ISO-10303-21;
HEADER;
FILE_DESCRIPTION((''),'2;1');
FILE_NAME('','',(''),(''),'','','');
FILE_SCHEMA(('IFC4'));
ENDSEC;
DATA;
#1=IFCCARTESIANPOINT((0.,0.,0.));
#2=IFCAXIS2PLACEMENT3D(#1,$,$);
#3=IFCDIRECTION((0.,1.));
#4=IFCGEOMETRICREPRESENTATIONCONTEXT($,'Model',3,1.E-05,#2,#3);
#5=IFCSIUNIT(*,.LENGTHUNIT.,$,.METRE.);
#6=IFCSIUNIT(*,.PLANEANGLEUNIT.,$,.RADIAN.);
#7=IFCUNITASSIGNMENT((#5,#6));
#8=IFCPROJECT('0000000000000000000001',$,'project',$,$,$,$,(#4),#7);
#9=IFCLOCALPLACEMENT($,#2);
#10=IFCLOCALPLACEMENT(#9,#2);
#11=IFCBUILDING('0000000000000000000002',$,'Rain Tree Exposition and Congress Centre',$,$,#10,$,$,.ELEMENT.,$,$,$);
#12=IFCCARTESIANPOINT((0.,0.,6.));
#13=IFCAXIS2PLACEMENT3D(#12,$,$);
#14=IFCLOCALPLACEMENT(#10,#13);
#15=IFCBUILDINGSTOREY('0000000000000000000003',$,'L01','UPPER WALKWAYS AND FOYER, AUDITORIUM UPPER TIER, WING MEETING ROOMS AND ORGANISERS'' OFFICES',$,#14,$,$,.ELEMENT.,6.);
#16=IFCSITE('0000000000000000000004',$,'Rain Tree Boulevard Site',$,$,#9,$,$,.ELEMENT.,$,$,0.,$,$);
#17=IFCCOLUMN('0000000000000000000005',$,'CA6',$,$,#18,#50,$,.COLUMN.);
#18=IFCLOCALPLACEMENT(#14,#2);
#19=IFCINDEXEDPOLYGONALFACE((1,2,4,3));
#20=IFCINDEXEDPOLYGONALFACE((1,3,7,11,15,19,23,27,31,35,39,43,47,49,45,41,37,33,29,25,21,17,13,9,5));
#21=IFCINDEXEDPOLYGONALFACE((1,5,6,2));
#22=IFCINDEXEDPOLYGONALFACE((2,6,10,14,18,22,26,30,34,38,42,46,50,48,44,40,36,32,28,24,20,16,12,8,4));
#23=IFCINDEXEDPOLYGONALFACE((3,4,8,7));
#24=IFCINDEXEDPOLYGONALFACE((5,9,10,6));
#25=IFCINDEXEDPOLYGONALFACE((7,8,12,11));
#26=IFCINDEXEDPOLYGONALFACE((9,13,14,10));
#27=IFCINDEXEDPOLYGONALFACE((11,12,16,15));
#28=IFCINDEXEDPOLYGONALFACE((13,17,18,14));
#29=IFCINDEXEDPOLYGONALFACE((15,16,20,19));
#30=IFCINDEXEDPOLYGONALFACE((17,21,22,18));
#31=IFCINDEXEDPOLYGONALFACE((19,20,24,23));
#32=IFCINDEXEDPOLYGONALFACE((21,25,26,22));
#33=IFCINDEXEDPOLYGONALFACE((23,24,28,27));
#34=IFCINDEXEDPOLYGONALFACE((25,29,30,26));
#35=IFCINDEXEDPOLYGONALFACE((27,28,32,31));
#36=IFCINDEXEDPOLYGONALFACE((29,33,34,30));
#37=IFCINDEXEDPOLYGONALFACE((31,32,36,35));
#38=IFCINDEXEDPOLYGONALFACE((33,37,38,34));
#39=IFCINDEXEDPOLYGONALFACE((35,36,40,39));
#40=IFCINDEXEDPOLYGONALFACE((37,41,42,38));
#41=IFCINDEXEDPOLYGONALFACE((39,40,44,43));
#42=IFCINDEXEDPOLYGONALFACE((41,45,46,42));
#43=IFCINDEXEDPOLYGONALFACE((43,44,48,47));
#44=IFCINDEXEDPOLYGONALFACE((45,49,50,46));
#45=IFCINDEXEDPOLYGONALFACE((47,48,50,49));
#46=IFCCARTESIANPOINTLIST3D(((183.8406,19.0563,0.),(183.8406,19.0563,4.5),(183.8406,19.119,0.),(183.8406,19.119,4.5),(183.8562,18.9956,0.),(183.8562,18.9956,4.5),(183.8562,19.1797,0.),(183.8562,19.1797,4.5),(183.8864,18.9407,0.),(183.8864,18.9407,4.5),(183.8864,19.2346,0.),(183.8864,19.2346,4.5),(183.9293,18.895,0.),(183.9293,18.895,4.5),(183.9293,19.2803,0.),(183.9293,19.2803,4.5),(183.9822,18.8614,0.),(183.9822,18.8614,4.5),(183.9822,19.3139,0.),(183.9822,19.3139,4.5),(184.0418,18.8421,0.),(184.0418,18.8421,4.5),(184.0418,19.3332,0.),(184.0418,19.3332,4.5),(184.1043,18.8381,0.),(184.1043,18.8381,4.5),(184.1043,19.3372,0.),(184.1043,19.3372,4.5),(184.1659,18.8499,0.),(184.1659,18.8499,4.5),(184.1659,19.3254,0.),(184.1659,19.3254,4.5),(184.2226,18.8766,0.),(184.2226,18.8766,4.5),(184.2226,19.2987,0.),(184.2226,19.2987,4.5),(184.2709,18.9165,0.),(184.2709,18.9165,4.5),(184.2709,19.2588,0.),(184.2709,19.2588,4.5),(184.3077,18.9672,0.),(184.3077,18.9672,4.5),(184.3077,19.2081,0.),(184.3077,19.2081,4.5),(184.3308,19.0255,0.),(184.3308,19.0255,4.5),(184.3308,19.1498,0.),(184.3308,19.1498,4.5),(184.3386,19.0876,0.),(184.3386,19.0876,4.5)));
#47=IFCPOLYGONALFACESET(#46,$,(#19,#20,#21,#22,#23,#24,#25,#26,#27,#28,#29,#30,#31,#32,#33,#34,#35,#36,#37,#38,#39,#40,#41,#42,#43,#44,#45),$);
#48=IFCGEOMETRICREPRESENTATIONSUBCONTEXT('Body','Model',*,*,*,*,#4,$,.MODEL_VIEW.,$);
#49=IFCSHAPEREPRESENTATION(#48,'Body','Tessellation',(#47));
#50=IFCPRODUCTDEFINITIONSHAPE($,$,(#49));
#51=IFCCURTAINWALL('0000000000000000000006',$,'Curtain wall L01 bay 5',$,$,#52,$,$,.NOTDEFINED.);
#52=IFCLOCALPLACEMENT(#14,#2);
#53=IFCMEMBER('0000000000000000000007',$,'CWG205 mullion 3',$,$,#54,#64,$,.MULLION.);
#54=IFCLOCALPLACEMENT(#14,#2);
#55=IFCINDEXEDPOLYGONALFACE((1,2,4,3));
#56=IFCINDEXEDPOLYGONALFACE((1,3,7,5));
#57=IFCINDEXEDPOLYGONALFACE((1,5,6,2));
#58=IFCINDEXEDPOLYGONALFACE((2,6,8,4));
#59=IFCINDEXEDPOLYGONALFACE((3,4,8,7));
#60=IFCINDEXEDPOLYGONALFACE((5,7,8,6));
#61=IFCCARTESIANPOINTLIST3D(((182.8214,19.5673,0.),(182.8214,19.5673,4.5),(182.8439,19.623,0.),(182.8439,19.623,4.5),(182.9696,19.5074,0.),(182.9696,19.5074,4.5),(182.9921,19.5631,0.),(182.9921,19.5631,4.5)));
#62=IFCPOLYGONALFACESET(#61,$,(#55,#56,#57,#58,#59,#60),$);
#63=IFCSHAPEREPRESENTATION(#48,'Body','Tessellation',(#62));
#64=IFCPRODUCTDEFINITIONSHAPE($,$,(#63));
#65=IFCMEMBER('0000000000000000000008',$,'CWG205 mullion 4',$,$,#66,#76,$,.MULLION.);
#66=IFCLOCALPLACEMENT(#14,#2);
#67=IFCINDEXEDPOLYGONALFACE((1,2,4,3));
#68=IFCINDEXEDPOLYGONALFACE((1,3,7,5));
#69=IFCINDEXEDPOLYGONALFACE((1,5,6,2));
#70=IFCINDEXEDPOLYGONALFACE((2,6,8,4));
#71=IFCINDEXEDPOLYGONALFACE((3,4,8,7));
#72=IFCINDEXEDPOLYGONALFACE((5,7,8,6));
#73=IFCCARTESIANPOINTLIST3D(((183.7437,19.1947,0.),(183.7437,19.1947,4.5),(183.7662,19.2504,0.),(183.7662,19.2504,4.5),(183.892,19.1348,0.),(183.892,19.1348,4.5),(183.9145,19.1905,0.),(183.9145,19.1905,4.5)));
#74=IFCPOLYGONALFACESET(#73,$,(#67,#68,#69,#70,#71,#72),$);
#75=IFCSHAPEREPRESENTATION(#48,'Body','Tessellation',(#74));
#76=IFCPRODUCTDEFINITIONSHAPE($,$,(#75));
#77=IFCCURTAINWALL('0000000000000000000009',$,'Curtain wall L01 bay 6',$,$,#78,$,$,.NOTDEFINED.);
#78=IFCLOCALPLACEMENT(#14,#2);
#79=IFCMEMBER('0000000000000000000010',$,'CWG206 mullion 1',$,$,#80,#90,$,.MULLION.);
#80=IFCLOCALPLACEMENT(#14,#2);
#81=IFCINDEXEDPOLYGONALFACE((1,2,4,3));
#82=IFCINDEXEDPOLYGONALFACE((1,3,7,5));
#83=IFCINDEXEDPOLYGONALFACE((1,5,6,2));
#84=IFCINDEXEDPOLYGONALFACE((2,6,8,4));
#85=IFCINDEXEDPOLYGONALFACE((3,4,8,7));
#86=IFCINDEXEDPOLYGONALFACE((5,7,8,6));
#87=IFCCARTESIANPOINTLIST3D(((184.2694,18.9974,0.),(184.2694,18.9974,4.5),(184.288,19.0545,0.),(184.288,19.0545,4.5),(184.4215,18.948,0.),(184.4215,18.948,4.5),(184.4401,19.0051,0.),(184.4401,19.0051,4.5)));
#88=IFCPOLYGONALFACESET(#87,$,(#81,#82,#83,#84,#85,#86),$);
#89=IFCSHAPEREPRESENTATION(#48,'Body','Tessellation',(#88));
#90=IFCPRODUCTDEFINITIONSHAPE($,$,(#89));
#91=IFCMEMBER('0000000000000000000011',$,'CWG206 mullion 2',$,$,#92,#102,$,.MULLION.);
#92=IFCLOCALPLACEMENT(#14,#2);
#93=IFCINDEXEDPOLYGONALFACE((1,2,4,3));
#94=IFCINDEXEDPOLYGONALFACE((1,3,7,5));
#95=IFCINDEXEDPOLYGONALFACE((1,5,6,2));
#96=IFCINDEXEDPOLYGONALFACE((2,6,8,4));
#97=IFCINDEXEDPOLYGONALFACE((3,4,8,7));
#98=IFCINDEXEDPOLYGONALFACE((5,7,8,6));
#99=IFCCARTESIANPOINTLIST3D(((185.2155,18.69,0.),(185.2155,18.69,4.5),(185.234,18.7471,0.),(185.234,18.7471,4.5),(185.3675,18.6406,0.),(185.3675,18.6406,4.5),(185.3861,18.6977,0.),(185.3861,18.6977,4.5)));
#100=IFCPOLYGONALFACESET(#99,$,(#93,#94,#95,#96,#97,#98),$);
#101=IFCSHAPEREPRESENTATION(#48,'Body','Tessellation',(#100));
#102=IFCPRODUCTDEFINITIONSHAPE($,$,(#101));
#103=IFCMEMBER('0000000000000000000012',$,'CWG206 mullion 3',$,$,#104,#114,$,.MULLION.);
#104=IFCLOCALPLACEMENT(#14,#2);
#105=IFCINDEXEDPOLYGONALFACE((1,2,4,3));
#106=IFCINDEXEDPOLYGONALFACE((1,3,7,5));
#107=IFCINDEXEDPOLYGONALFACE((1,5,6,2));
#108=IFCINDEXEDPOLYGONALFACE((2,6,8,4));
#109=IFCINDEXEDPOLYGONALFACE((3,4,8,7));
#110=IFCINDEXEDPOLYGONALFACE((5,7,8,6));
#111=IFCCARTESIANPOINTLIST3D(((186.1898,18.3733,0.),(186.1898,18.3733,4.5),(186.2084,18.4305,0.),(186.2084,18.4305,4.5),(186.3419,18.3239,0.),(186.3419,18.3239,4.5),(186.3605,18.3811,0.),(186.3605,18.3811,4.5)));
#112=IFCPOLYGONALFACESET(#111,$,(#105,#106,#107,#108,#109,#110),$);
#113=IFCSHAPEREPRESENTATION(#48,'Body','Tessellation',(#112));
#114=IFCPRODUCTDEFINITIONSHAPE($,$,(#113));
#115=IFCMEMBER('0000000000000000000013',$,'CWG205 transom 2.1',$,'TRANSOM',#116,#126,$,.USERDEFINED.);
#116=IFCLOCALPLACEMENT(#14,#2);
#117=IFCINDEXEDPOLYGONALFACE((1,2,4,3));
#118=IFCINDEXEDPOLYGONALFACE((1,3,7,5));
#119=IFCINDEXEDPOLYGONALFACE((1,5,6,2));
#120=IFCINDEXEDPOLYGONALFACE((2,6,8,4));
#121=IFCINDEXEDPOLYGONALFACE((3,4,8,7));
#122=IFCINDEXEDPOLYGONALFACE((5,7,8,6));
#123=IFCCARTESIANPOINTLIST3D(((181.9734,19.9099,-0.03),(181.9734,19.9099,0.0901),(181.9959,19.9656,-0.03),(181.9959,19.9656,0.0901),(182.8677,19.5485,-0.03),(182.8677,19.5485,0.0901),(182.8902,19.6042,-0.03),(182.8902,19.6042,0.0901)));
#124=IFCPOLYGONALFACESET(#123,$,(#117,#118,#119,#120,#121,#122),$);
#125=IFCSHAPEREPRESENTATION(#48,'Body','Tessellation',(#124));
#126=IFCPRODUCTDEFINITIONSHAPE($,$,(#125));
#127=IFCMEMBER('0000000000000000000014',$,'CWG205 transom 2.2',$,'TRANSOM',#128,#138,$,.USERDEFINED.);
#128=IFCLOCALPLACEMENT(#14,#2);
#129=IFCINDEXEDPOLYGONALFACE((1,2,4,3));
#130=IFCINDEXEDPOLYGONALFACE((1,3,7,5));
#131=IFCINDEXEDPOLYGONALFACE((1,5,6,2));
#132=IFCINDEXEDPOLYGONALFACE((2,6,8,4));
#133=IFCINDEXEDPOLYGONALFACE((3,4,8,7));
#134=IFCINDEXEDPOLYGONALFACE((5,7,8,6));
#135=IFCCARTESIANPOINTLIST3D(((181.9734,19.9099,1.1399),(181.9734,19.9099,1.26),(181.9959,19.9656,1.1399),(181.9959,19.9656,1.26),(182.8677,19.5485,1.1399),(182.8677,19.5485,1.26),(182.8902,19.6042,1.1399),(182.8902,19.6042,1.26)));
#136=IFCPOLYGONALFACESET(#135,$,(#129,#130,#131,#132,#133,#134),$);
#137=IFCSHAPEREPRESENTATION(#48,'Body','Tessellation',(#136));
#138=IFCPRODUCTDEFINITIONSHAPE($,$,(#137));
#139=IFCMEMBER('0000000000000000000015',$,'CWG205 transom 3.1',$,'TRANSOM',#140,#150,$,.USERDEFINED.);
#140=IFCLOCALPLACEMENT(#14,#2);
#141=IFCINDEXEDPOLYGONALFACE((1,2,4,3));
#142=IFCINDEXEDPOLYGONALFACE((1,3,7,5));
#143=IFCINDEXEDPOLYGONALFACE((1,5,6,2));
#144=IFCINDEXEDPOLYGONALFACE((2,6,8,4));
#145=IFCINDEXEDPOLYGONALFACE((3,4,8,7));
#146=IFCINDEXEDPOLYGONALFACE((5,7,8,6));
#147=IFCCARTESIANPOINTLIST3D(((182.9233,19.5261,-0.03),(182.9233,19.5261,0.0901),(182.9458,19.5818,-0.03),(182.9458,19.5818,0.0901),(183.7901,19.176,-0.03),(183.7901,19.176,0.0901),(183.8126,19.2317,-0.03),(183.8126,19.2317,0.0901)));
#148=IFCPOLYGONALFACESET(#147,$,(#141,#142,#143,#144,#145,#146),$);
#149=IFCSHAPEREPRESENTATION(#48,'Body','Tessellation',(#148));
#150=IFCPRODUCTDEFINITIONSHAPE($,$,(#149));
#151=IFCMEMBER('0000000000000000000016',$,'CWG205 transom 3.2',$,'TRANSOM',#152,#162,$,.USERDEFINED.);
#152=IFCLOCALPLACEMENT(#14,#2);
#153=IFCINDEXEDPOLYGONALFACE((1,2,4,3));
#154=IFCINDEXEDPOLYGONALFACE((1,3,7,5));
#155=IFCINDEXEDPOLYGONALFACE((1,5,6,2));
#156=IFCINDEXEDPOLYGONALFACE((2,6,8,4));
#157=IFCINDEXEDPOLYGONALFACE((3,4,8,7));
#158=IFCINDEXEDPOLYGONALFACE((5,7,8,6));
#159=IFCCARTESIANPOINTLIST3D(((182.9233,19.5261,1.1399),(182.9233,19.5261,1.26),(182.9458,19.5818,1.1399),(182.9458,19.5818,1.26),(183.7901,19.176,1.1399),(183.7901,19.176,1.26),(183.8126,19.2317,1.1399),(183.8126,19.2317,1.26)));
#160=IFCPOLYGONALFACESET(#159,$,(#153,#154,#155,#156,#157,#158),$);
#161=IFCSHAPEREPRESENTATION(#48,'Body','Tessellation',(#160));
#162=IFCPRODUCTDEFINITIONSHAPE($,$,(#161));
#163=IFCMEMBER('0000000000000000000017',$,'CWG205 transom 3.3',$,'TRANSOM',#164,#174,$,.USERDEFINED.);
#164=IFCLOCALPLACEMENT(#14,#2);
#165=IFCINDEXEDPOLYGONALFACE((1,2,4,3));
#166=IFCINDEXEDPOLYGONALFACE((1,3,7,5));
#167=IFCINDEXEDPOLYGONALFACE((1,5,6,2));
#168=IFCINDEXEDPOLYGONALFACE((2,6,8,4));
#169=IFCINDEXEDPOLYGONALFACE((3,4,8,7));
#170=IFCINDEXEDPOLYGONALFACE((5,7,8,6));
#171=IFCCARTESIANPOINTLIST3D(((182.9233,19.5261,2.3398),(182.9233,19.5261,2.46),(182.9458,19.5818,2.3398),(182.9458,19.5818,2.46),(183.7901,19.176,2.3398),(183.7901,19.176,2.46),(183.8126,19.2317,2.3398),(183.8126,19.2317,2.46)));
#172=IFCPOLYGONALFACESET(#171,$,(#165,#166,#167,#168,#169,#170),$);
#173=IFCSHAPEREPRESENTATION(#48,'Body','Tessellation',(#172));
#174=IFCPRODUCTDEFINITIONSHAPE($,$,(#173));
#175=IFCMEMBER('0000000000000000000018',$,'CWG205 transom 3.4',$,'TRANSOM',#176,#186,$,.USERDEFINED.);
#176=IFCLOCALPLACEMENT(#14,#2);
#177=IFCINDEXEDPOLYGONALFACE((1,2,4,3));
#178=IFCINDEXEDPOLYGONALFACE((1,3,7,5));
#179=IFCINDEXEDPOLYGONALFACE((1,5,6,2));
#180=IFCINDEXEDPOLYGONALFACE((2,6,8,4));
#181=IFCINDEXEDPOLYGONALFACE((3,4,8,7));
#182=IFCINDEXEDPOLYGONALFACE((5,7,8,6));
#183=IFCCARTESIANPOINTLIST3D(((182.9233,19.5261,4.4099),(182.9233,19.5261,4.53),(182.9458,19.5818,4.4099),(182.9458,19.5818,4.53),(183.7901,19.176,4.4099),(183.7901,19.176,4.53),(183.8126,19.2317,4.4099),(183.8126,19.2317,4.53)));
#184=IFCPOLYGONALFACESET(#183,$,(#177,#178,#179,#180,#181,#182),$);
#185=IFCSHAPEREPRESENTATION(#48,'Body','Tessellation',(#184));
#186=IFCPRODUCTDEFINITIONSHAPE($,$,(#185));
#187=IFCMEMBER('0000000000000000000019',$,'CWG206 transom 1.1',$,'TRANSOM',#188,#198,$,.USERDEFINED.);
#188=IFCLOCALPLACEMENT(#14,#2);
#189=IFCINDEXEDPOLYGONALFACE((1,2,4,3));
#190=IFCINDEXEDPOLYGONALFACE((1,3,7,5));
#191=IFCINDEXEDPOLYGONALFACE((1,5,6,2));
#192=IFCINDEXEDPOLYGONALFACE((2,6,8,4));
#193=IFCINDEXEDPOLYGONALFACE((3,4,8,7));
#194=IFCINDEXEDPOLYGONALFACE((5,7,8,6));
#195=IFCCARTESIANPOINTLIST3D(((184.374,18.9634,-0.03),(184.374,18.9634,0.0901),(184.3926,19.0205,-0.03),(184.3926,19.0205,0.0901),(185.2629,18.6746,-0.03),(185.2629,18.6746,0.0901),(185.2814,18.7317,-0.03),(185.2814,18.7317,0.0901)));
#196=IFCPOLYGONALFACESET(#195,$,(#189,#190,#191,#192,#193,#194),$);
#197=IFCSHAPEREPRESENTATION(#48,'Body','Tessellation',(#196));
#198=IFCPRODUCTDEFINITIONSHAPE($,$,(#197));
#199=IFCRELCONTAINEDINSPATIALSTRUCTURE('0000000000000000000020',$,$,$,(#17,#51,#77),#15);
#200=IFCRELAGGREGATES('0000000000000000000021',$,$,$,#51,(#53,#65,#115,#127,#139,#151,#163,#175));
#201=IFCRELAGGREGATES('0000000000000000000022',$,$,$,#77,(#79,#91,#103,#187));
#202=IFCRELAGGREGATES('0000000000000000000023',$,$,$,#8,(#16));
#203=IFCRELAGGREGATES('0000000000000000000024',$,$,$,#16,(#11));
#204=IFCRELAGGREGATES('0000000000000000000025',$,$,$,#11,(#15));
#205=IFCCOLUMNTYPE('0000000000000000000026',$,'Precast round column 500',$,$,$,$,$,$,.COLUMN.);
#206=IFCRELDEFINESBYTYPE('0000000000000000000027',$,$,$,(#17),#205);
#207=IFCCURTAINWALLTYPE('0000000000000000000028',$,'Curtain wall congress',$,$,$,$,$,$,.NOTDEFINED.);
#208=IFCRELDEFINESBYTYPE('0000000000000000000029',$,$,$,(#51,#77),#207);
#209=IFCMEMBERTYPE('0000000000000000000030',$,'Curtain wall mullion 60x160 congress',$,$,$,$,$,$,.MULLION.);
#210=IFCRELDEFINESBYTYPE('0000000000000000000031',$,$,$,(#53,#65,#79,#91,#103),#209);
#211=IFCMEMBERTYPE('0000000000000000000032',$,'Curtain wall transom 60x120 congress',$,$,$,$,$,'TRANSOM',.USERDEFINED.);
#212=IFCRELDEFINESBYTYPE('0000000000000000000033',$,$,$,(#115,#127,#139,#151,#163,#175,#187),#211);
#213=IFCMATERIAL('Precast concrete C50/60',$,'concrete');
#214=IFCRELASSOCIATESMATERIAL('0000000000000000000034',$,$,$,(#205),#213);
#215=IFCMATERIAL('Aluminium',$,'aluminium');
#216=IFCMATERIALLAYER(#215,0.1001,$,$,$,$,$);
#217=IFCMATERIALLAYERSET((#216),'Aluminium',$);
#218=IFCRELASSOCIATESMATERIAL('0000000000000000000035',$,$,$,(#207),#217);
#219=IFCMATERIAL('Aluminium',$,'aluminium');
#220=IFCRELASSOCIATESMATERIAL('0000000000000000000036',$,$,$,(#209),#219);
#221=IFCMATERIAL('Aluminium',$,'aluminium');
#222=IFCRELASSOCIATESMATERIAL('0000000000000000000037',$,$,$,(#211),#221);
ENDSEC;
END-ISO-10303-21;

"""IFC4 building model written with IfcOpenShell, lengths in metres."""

from ifc_helpers import new_model, si_unit, direction, frame, origin, origin_2d, place, context, subcontext, project, spatial, rectangle, circle, extrude, material, layer, layer_set, material_profile, profile_set, type_object, element, aggregate, save


model = new_model("IFC4")

# Units and contexts
model_context = context("Model", 3, precision=1e-05, world=origin(), true_north=direction((0.0, 1.0)))
body_context = subcontext(model_context, "Body", "Model", "MODEL_VIEW")
ifc_project = project(units=[si_unit("LENGTHUNIT", "METRE"), si_unit("PLANEANGLEUNIT", "RADIAN")], contexts=[model_context])

# Site, building, storey
site_placement = place(None, origin())
site = spatial("IfcSite", under=ifc_project, at=site_placement, Name="Rain Tree Boulevard Site", CompositionType="ELEMENT", RefElevation=0.0)
building_placement = place(site_placement, origin())
building = spatial("IfcBuilding", under=site, at=building_placement, Name="Rain Tree Exposition and Congress Centre", CompositionType="ELEMENT")
storey_placement = place(building_placement, frame((0.0, 0.0, 6.0)))
storey = spatial("IfcBuildingStorey", under=building, at=storey_placement, Name="L01", Description="UPPER WALKWAYS AND FOYER, AUDITORIUM UPPER TIER, WING MEETING ROOMS AND ORGANISERS' OFFICES", CompositionType="ELEMENT", Elevation=6.0)

# Column
ifc_material_1 = material(Name="Precast concrete C50/60", Category="concrete")
ifc_material_profile_1 = material_profile(ifc_material_1, circle(Radius=0.25, at=origin_2d()), Name="RC D500")
ifc_profile_set_1 = profile_set([ifc_material_profile_1], Name="Precast concrete C50/60")
column_type = type_object("IfcColumnType", Name="Precast round column 500", PredefinedType="COLUMN", material=ifc_profile_set_1)
column_placement = place(storey_placement, frame((184.0886, 19.0876, 0.0), z_axis=(0.0, 0.0, 1.0), x_axis=(1.0, 0.0, 0.0)))
element("IfcColumn", 1, at=column_placement, inside=storey, type_object=column_type, Name="CA6", PredefinedType="COLUMN", context=body_context, shape_type="SweptSolid", body=[
    extrude(circle(Radius=0.25, at=origin_2d()), origin(), (0.0, 0.0, 1.0), 4.5),
])

# Curtain walls, members
ifc_material_2 = material(Name="Aluminium", Category="aluminium")
ifc_layer_1 = layer(ifc_material_2, 0.1001)
ifc_layer_set_1 = layer_set([ifc_layer_1], Name="Aluminium")
curtain_wall_type = type_object("IfcCurtainWallType", Name="Curtain wall congress", PredefinedType="NOTDEFINED", material=ifc_layer_set_1)
curtain_wall_1_placement = place(storey_placement, origin())
curtain_wall_1 = element("IfcCurtainWall", 2, at=curtain_wall_1_placement, inside=storey, type_object=curtain_wall_type, Name="Curtain wall L01 bay 5", PredefinedType="NOTDEFINED")
ifc_material_3 = material(Name="Aluminium", Category="aluminium")
ifc_material_profile_2 = material_profile(ifc_material_3, rectangle(XDim=0.0601, YDim=0.1599, at=origin_2d()), Name="AL 60x160")
ifc_profile_set_2 = profile_set([ifc_material_profile_2], Name="Aluminium")
member_type_1 = type_object("IfcMemberType", Name="Curtain wall mullion 60x160 congress", PredefinedType="MULLION", material=ifc_profile_set_2)
member_1_placement = place(storey_placement, frame((182.9067, 19.5652, 0.0), z_axis=(0.0, 0.0, 1.0), x_axis=(0.374597, 0.927188, 0.0)))
member_1 = element("IfcMember", 3, at=member_1_placement, type_object=member_type_1, Name="CWG205 mullion 3", PredefinedType="MULLION", context=body_context, shape_type="SweptSolid", body=[
    extrude(rectangle(XDim=0.0601, YDim=0.1599, at=origin_2d()), origin(), (0.0, 0.0, 1.0), 4.5),
])
member_2_placement = place(storey_placement, frame((183.8291, 19.1926, 0.0), z_axis=(0.0, 0.0, 1.0), x_axis=(0.374597, 0.927188, 0.0)))
member_2 = element("IfcMember", 4, at=member_2_placement, type_object=member_type_1, Name="CWG205 mullion 4", PredefinedType="MULLION", context=body_context, shape_type="SweptSolid", body=[
    extrude(rectangle(XDim=0.0601, YDim=0.1599, at=origin_2d()), origin(), (0.0, 0.0, 1.0), 4.5),
])
curtain_wall_2_placement = place(storey_placement, origin())
curtain_wall_2 = element("IfcCurtainWall", 5, at=curtain_wall_2_placement, inside=storey, type_object=curtain_wall_type, Name="Curtain wall L01 bay 6", PredefinedType="NOTDEFINED")
member_3_placement = place(storey_placement, frame((184.3547, 19.0012, 0.0), z_axis=(0.0, 0.0, 1.0), x_axis=(0.309006, 0.95106, 0.0)))
member_3 = element("IfcMember", 6, at=member_3_placement, type_object=member_type_1, Name="CWG206 mullion 1", PredefinedType="MULLION", context=body_context, shape_type="SweptSolid", body=[
    extrude(rectangle(XDim=0.0601, YDim=0.1599, at=origin_2d()), origin(), (0.0, 0.0, 1.0), 4.5),
])
member_4_placement = place(storey_placement, frame((185.3008, 18.6938, 0.0), z_axis=(0.0, 0.0, 1.0), x_axis=(0.309006, 0.95106, 0.0)))
member_4 = element("IfcMember", 7, at=member_4_placement, type_object=member_type_1, Name="CWG206 mullion 2", PredefinedType="MULLION", context=body_context, shape_type="SweptSolid", body=[
    extrude(rectangle(XDim=0.0601, YDim=0.1599, at=origin_2d()), origin(), (0.0, 0.0, 1.0), 4.5),
])
member_5_placement = place(storey_placement, frame((186.2751, 18.3772, 0.0), z_axis=(0.0, 0.0, 1.0), x_axis=(0.309006, 0.95106, 0.0)))
member_5 = element("IfcMember", 8, at=member_5_placement, type_object=member_type_1, Name="CWG206 mullion 3", PredefinedType="MULLION", context=body_context, shape_type="SweptSolid", body=[
    extrude(rectangle(XDim=0.0601, YDim=0.1599, at=origin_2d()), origin(), (0.0, 0.0, 1.0), 4.5),
])

# Members
ifc_material_4 = material(Name="Aluminium", Category="aluminium")
ifc_material_profile_3 = material_profile(ifc_material_4, rectangle(XDim=0.0601, YDim=0.1201, at=origin_2d()), Name="AL 60x120")
ifc_profile_set_3 = profile_set([ifc_material_profile_3], Name="Aluminium")
member_type_2 = type_object("IfcMemberType", Name="Curtain wall transom 60x120 congress", ElementType="TRANSOM", PredefinedType="USERDEFINED", material=ifc_profile_set_3)
member_6_placement = place(storey_placement, frame((181.9846, 19.9377, 0.03), z_axis=(0.927179, -0.374618, 0.0), x_axis=(0.374618, 0.927179, 0.0)))
member_6 = element("IfcMember", 9, at=member_6_placement, type_object=member_type_2, Name="CWG205 transom 2.1", ObjectType="TRANSOM", PredefinedType="USERDEFINED", context=body_context, shape_type="SweptSolid", body=[
    extrude(rectangle(XDim=0.0601, YDim=0.1201, at=origin_2d()), origin(), (0.0, 0.0, 1.0), 0.9646),
])
member_7_placement = place(storey_placement, frame((181.9846, 19.9377, 1.2), z_axis=(0.927179, -0.374618, 0.0), x_axis=(0.374618, 0.927179, 0.0)))
member_7 = element("IfcMember", 10, at=member_7_placement, type_object=member_type_2, Name="CWG205 transom 2.2", ObjectType="TRANSOM", PredefinedType="USERDEFINED", context=body_context, shape_type="SweptSolid", body=[
    extrude(rectangle(XDim=0.0601, YDim=0.1201, at=origin_2d()), origin(), (0.0, 0.0, 1.0), 0.9646),
])
member_8_placement = place(storey_placement, frame((182.9346, 19.554, 0.03), z_axis=(0.92721, -0.374541, 0.0), x_axis=(0.374541, 0.92721, 0.0)))
member_8 = element("IfcMember", 11, at=member_8_placement, type_object=member_type_2, Name="CWG205 transom 3.1", ObjectType="TRANSOM", PredefinedType="USERDEFINED", context=body_context, shape_type="SweptSolid", body=[
    extrude(rectangle(XDim=0.0601, YDim=0.1201, at=origin_2d()), origin(), (0.0, 0.0, 1.0), 0.9348),
])
member_9_placement = place(storey_placement, frame((182.9346, 19.554, 1.2), z_axis=(0.92721, -0.374541, 0.0), x_axis=(0.374541, 0.92721, 0.0)))
member_9 = element("IfcMember", 12, at=member_9_placement, type_object=member_type_2, Name="CWG205 transom 3.2", ObjectType="TRANSOM", PredefinedType="USERDEFINED", context=body_context, shape_type="SweptSolid", body=[
    extrude(rectangle(XDim=0.0601, YDim=0.1201, at=origin_2d()), origin(), (0.0, 0.0, 1.0), 0.9348),
])
member_10_placement = place(storey_placement, frame((182.9346, 19.554, 2.3999), z_axis=(0.92721, -0.374541, 0.0), x_axis=(0.374541, 0.92721, 0.0)))
member_10 = element("IfcMember", 13, at=member_10_placement, type_object=member_type_2, Name="CWG205 transom 3.3", ObjectType="TRANSOM", PredefinedType="USERDEFINED", context=body_context, shape_type="SweptSolid", body=[
    extrude(rectangle(XDim=0.0601, YDim=0.1201, at=origin_2d()), origin(), (0.0, 0.0, 1.0), 0.9348),
])
member_11_placement = place(storey_placement, frame((182.9346, 19.554, 4.47), z_axis=(0.92721, -0.374541, 0.0), x_axis=(0.374541, 0.92721, 0.0)))
member_11 = element("IfcMember", 14, at=member_11_placement, type_object=member_type_2, Name="CWG205 transom 3.4", ObjectType="TRANSOM", PredefinedType="USERDEFINED", context=body_context, shape_type="SweptSolid", body=[
    extrude(rectangle(XDim=0.0601, YDim=0.1201, at=origin_2d()), origin(), (0.0, 0.0, 1.0), 0.9348),
])
member_12_placement = place(storey_placement, frame((184.3833, 18.9919, 0.03), z_axis=(0.951059, -0.309009, 0.0), x_axis=(0.309009, 0.951059, 0.0)))
member_12 = element("IfcMember", 15, at=member_12_placement, type_object=member_type_2, Name="CWG206 transom 1.1", ObjectType="TRANSOM", PredefinedType="USERDEFINED", context=body_context, shape_type="SweptSolid", body=[
    extrude(rectangle(XDim=0.0601, YDim=0.1201, at=origin_2d()), origin(), (0.0, 0.0, 1.0), 0.9346),
])

aggregate(curtain_wall_1, [member_1, member_2, member_6, member_7, member_8, member_9, member_10, member_11])
aggregate(curtain_wall_2, [member_3, member_4, member_5, member_12])

save(model, "model.ifc")
